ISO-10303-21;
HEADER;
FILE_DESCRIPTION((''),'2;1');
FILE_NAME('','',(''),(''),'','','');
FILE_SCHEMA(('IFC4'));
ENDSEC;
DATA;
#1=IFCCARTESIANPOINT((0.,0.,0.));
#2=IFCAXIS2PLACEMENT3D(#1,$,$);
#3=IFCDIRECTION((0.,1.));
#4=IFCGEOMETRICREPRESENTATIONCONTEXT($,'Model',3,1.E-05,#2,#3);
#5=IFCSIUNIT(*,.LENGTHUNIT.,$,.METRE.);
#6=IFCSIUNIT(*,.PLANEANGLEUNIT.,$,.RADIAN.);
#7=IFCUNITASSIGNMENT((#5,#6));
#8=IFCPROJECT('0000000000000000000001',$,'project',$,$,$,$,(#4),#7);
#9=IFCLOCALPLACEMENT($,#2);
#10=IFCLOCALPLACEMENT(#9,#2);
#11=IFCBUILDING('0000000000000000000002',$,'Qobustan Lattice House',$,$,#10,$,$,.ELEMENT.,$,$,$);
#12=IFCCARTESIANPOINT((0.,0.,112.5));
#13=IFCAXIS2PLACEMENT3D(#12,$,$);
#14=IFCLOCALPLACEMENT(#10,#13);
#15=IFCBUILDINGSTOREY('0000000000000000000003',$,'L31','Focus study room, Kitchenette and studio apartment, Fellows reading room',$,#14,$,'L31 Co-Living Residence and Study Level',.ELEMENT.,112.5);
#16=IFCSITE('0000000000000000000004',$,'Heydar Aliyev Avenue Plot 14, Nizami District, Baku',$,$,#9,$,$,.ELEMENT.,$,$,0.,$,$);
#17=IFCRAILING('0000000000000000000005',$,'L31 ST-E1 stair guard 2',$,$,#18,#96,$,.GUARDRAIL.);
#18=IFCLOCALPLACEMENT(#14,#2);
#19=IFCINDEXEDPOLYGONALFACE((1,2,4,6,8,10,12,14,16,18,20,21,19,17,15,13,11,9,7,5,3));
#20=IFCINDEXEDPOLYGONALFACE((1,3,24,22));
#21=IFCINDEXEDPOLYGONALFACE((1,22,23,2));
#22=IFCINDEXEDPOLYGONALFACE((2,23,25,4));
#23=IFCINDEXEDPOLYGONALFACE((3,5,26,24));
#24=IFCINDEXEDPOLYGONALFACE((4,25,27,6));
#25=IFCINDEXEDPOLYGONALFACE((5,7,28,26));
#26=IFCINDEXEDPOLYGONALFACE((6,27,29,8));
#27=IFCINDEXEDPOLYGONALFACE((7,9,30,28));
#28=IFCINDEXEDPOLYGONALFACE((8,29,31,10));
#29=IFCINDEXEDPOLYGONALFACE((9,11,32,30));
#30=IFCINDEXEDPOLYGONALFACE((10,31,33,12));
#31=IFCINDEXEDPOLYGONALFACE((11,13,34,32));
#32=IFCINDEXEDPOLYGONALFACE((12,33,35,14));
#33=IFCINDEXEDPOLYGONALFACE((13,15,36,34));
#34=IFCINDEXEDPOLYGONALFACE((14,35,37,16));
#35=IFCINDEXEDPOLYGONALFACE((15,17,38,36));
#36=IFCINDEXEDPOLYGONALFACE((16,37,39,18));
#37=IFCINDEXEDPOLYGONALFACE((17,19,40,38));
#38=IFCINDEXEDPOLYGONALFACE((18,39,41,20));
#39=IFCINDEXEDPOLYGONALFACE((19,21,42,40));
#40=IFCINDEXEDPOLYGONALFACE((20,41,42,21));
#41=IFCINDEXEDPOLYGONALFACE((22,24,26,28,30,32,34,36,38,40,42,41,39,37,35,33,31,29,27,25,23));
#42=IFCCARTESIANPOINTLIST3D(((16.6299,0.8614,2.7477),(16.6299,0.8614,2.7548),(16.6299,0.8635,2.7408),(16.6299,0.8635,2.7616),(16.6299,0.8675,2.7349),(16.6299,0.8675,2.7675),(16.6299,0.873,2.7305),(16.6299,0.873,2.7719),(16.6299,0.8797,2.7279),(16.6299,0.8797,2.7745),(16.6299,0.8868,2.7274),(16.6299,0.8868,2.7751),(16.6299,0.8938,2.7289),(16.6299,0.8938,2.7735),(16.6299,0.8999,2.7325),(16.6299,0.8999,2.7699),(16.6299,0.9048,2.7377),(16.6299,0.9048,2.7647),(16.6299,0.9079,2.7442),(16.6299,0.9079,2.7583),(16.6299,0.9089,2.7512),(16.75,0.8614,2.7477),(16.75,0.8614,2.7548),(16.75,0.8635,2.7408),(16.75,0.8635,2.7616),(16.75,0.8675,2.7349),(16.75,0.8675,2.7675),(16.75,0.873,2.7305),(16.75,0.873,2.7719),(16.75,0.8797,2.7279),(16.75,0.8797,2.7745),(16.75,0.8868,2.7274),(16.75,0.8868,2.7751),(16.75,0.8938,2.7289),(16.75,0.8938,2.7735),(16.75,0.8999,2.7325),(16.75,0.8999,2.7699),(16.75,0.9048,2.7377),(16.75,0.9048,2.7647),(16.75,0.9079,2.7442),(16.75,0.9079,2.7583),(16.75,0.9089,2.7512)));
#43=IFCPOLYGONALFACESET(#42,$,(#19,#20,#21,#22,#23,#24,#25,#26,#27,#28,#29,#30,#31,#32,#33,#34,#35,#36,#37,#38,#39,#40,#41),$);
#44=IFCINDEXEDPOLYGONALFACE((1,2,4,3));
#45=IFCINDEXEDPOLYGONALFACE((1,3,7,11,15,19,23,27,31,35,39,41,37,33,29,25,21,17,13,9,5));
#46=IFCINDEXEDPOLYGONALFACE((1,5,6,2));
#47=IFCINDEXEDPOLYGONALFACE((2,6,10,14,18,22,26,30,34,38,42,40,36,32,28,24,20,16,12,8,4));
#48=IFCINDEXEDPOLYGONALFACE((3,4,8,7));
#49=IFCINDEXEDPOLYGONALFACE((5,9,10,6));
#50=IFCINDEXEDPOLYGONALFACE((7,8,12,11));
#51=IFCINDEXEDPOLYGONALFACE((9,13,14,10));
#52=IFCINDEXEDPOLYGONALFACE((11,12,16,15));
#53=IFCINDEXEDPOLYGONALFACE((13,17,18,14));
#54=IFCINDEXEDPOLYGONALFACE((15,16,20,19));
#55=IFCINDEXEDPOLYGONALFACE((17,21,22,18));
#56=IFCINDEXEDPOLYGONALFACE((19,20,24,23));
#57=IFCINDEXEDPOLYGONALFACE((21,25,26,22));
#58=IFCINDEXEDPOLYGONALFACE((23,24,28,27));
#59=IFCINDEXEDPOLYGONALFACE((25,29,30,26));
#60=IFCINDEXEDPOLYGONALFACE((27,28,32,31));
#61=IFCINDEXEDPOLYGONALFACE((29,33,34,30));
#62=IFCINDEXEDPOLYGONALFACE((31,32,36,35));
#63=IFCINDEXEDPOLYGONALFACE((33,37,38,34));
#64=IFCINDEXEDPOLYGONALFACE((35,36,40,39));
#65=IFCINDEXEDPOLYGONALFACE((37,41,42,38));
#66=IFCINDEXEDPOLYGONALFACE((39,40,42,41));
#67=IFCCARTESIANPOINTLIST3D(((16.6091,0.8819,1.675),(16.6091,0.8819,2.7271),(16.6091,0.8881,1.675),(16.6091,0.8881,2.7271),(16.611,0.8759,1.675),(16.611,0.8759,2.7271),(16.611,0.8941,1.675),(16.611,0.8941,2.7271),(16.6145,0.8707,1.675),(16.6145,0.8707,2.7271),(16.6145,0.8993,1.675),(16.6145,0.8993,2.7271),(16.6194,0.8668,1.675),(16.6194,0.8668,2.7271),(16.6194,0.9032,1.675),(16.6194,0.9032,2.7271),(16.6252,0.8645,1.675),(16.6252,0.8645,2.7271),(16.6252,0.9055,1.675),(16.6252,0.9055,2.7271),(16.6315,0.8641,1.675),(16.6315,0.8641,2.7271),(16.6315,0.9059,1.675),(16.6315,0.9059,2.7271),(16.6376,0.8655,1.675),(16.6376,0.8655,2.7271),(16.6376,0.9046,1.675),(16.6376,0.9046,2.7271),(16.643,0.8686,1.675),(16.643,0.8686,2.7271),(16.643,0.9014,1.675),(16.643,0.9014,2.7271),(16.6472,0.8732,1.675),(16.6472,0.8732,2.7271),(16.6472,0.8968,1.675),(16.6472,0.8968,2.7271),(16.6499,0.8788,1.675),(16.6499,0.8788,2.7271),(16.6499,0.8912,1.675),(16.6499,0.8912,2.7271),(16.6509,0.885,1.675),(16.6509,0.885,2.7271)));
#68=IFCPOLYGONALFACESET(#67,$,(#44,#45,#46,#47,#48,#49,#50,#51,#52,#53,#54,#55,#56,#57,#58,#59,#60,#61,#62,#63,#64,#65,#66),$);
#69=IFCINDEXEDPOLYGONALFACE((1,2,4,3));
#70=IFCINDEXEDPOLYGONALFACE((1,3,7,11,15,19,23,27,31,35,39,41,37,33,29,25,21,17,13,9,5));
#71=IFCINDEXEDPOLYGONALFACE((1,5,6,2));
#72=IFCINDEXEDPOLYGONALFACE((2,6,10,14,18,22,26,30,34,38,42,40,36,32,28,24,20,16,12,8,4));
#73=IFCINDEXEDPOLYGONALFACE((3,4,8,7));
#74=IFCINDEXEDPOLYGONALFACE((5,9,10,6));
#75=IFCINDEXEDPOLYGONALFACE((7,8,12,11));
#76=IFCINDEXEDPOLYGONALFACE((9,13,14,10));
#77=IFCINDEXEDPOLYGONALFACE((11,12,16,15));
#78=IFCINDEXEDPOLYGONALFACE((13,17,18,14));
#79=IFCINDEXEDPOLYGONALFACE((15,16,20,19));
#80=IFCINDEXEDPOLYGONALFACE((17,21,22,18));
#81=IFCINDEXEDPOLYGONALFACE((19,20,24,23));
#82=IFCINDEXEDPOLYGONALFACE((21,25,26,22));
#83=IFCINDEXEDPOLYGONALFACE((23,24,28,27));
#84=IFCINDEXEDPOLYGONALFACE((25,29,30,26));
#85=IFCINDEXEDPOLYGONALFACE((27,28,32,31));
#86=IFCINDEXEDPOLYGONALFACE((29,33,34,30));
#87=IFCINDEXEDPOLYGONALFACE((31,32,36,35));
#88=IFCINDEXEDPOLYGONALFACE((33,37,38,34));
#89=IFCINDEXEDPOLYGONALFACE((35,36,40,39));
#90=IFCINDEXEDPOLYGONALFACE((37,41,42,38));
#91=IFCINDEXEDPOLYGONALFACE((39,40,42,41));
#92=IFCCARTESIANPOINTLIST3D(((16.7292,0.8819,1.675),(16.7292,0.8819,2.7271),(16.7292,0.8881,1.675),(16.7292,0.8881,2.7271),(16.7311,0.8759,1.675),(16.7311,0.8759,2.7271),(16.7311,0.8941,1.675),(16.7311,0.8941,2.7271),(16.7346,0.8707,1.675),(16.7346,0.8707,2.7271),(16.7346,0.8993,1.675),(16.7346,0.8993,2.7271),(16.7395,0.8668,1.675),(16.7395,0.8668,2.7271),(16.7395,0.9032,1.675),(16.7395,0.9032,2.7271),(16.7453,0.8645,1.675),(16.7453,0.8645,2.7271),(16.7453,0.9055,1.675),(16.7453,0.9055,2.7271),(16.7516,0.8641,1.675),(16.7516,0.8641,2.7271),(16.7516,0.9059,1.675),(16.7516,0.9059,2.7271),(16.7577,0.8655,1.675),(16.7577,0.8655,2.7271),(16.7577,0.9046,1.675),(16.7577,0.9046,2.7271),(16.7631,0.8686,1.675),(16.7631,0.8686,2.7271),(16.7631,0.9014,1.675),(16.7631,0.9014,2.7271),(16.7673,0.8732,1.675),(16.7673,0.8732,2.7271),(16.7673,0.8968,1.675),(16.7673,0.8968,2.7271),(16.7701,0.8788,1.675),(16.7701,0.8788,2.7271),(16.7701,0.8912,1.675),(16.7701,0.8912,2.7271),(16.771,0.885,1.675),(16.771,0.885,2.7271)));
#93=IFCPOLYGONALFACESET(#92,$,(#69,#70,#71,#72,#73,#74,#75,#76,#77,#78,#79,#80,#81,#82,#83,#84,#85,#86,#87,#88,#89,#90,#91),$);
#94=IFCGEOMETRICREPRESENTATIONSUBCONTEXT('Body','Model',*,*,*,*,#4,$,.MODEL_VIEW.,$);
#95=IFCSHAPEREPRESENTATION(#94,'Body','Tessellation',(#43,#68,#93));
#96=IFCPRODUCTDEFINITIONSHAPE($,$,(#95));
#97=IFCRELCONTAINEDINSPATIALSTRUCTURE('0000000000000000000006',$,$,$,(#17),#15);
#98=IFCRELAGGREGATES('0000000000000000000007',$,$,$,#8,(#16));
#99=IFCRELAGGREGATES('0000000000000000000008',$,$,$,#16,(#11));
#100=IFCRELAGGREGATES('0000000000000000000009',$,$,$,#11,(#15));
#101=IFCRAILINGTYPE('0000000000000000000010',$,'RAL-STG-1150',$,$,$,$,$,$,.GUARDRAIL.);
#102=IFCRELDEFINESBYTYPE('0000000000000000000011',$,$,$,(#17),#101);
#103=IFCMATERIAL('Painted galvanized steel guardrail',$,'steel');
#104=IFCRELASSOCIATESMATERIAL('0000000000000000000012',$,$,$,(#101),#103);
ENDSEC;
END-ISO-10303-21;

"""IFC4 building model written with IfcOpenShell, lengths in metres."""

from ifc_helpers import new_model, si_unit, direction, frame, origin, origin_2d, place, context, subcontext, project, spatial, circle, extrude, material, type_object, element, save


model = new_model("IFC4")

# Units and contexts
model_context = context("Model", 3, precision=1e-05, world=origin(), true_north=direction((0.0, 1.0)))
body_context = subcontext(model_context, "Body", "Model", "MODEL_VIEW")
ifc_project = project(units=[si_unit("LENGTHUNIT", "METRE"), si_unit("PLANEANGLEUNIT", "RADIAN")], contexts=[model_context])

# Site, building, storey
site_placement = place(None, origin())
site = spatial("IfcSite", under=ifc_project, at=site_placement, Name="Heydar Aliyev Avenue Plot 14, Nizami District, Baku", CompositionType="ELEMENT", RefElevation=0.0)
building_placement = place(site_placement, origin())
building = spatial("IfcBuilding", under=site, at=building_placement, Name="Qobustan Lattice House", CompositionType="ELEMENT")
storey_placement = place(building_placement, frame((0.0, 0.0, 112.5)))
storey = spatial("IfcBuildingStorey", under=building, at=storey_placement, Name="L31", Description="Focus study room, Kitchenette and studio apartment, Fellows reading room", LongName="L31 Co-Living Residence and Study Level", CompositionType="ELEMENT", Elevation=112.5)

# Railing
ifc_material_1 = material(Name="Painted galvanized steel guardrail", Category="steel")
railing_type_1 = type_object("IfcRailingType", Name="RAL-STG-1150", PredefinedType="GUARDRAIL", material=ifc_material_1)
railing_1_placement = place(storey_placement, frame((16.6299, 0.885, 1.675)))
element("IfcRailing", 1, at=railing_1_placement, inside=storey, type_object=railing_type_1, Name="L31 ST-E1 stair guard 2", PredefinedType="GUARDRAIL", context=body_context, shape_type="SweptSolid", body=[
    extrude(circle(Radius=0.0239, at=origin_2d()), frame((0.0, 0.0, 1.0762), z_axis=(1.0, 0.0, 0.0), x_axis=(0.0, 1.0, 0.0)), (0.0, 0.0, 1.0), 0.1201),
    extrude(circle(Radius=0.021, at=origin_2d()), origin(), (0.0, 0.0, 1.0), 1.052),
    extrude(circle(Radius=0.021, at=origin_2d()), frame((0.1201, 0.0, 0.0)), (0.0, 0.0, 1.0), 1.052),
])

save(model, "model.ifc")
